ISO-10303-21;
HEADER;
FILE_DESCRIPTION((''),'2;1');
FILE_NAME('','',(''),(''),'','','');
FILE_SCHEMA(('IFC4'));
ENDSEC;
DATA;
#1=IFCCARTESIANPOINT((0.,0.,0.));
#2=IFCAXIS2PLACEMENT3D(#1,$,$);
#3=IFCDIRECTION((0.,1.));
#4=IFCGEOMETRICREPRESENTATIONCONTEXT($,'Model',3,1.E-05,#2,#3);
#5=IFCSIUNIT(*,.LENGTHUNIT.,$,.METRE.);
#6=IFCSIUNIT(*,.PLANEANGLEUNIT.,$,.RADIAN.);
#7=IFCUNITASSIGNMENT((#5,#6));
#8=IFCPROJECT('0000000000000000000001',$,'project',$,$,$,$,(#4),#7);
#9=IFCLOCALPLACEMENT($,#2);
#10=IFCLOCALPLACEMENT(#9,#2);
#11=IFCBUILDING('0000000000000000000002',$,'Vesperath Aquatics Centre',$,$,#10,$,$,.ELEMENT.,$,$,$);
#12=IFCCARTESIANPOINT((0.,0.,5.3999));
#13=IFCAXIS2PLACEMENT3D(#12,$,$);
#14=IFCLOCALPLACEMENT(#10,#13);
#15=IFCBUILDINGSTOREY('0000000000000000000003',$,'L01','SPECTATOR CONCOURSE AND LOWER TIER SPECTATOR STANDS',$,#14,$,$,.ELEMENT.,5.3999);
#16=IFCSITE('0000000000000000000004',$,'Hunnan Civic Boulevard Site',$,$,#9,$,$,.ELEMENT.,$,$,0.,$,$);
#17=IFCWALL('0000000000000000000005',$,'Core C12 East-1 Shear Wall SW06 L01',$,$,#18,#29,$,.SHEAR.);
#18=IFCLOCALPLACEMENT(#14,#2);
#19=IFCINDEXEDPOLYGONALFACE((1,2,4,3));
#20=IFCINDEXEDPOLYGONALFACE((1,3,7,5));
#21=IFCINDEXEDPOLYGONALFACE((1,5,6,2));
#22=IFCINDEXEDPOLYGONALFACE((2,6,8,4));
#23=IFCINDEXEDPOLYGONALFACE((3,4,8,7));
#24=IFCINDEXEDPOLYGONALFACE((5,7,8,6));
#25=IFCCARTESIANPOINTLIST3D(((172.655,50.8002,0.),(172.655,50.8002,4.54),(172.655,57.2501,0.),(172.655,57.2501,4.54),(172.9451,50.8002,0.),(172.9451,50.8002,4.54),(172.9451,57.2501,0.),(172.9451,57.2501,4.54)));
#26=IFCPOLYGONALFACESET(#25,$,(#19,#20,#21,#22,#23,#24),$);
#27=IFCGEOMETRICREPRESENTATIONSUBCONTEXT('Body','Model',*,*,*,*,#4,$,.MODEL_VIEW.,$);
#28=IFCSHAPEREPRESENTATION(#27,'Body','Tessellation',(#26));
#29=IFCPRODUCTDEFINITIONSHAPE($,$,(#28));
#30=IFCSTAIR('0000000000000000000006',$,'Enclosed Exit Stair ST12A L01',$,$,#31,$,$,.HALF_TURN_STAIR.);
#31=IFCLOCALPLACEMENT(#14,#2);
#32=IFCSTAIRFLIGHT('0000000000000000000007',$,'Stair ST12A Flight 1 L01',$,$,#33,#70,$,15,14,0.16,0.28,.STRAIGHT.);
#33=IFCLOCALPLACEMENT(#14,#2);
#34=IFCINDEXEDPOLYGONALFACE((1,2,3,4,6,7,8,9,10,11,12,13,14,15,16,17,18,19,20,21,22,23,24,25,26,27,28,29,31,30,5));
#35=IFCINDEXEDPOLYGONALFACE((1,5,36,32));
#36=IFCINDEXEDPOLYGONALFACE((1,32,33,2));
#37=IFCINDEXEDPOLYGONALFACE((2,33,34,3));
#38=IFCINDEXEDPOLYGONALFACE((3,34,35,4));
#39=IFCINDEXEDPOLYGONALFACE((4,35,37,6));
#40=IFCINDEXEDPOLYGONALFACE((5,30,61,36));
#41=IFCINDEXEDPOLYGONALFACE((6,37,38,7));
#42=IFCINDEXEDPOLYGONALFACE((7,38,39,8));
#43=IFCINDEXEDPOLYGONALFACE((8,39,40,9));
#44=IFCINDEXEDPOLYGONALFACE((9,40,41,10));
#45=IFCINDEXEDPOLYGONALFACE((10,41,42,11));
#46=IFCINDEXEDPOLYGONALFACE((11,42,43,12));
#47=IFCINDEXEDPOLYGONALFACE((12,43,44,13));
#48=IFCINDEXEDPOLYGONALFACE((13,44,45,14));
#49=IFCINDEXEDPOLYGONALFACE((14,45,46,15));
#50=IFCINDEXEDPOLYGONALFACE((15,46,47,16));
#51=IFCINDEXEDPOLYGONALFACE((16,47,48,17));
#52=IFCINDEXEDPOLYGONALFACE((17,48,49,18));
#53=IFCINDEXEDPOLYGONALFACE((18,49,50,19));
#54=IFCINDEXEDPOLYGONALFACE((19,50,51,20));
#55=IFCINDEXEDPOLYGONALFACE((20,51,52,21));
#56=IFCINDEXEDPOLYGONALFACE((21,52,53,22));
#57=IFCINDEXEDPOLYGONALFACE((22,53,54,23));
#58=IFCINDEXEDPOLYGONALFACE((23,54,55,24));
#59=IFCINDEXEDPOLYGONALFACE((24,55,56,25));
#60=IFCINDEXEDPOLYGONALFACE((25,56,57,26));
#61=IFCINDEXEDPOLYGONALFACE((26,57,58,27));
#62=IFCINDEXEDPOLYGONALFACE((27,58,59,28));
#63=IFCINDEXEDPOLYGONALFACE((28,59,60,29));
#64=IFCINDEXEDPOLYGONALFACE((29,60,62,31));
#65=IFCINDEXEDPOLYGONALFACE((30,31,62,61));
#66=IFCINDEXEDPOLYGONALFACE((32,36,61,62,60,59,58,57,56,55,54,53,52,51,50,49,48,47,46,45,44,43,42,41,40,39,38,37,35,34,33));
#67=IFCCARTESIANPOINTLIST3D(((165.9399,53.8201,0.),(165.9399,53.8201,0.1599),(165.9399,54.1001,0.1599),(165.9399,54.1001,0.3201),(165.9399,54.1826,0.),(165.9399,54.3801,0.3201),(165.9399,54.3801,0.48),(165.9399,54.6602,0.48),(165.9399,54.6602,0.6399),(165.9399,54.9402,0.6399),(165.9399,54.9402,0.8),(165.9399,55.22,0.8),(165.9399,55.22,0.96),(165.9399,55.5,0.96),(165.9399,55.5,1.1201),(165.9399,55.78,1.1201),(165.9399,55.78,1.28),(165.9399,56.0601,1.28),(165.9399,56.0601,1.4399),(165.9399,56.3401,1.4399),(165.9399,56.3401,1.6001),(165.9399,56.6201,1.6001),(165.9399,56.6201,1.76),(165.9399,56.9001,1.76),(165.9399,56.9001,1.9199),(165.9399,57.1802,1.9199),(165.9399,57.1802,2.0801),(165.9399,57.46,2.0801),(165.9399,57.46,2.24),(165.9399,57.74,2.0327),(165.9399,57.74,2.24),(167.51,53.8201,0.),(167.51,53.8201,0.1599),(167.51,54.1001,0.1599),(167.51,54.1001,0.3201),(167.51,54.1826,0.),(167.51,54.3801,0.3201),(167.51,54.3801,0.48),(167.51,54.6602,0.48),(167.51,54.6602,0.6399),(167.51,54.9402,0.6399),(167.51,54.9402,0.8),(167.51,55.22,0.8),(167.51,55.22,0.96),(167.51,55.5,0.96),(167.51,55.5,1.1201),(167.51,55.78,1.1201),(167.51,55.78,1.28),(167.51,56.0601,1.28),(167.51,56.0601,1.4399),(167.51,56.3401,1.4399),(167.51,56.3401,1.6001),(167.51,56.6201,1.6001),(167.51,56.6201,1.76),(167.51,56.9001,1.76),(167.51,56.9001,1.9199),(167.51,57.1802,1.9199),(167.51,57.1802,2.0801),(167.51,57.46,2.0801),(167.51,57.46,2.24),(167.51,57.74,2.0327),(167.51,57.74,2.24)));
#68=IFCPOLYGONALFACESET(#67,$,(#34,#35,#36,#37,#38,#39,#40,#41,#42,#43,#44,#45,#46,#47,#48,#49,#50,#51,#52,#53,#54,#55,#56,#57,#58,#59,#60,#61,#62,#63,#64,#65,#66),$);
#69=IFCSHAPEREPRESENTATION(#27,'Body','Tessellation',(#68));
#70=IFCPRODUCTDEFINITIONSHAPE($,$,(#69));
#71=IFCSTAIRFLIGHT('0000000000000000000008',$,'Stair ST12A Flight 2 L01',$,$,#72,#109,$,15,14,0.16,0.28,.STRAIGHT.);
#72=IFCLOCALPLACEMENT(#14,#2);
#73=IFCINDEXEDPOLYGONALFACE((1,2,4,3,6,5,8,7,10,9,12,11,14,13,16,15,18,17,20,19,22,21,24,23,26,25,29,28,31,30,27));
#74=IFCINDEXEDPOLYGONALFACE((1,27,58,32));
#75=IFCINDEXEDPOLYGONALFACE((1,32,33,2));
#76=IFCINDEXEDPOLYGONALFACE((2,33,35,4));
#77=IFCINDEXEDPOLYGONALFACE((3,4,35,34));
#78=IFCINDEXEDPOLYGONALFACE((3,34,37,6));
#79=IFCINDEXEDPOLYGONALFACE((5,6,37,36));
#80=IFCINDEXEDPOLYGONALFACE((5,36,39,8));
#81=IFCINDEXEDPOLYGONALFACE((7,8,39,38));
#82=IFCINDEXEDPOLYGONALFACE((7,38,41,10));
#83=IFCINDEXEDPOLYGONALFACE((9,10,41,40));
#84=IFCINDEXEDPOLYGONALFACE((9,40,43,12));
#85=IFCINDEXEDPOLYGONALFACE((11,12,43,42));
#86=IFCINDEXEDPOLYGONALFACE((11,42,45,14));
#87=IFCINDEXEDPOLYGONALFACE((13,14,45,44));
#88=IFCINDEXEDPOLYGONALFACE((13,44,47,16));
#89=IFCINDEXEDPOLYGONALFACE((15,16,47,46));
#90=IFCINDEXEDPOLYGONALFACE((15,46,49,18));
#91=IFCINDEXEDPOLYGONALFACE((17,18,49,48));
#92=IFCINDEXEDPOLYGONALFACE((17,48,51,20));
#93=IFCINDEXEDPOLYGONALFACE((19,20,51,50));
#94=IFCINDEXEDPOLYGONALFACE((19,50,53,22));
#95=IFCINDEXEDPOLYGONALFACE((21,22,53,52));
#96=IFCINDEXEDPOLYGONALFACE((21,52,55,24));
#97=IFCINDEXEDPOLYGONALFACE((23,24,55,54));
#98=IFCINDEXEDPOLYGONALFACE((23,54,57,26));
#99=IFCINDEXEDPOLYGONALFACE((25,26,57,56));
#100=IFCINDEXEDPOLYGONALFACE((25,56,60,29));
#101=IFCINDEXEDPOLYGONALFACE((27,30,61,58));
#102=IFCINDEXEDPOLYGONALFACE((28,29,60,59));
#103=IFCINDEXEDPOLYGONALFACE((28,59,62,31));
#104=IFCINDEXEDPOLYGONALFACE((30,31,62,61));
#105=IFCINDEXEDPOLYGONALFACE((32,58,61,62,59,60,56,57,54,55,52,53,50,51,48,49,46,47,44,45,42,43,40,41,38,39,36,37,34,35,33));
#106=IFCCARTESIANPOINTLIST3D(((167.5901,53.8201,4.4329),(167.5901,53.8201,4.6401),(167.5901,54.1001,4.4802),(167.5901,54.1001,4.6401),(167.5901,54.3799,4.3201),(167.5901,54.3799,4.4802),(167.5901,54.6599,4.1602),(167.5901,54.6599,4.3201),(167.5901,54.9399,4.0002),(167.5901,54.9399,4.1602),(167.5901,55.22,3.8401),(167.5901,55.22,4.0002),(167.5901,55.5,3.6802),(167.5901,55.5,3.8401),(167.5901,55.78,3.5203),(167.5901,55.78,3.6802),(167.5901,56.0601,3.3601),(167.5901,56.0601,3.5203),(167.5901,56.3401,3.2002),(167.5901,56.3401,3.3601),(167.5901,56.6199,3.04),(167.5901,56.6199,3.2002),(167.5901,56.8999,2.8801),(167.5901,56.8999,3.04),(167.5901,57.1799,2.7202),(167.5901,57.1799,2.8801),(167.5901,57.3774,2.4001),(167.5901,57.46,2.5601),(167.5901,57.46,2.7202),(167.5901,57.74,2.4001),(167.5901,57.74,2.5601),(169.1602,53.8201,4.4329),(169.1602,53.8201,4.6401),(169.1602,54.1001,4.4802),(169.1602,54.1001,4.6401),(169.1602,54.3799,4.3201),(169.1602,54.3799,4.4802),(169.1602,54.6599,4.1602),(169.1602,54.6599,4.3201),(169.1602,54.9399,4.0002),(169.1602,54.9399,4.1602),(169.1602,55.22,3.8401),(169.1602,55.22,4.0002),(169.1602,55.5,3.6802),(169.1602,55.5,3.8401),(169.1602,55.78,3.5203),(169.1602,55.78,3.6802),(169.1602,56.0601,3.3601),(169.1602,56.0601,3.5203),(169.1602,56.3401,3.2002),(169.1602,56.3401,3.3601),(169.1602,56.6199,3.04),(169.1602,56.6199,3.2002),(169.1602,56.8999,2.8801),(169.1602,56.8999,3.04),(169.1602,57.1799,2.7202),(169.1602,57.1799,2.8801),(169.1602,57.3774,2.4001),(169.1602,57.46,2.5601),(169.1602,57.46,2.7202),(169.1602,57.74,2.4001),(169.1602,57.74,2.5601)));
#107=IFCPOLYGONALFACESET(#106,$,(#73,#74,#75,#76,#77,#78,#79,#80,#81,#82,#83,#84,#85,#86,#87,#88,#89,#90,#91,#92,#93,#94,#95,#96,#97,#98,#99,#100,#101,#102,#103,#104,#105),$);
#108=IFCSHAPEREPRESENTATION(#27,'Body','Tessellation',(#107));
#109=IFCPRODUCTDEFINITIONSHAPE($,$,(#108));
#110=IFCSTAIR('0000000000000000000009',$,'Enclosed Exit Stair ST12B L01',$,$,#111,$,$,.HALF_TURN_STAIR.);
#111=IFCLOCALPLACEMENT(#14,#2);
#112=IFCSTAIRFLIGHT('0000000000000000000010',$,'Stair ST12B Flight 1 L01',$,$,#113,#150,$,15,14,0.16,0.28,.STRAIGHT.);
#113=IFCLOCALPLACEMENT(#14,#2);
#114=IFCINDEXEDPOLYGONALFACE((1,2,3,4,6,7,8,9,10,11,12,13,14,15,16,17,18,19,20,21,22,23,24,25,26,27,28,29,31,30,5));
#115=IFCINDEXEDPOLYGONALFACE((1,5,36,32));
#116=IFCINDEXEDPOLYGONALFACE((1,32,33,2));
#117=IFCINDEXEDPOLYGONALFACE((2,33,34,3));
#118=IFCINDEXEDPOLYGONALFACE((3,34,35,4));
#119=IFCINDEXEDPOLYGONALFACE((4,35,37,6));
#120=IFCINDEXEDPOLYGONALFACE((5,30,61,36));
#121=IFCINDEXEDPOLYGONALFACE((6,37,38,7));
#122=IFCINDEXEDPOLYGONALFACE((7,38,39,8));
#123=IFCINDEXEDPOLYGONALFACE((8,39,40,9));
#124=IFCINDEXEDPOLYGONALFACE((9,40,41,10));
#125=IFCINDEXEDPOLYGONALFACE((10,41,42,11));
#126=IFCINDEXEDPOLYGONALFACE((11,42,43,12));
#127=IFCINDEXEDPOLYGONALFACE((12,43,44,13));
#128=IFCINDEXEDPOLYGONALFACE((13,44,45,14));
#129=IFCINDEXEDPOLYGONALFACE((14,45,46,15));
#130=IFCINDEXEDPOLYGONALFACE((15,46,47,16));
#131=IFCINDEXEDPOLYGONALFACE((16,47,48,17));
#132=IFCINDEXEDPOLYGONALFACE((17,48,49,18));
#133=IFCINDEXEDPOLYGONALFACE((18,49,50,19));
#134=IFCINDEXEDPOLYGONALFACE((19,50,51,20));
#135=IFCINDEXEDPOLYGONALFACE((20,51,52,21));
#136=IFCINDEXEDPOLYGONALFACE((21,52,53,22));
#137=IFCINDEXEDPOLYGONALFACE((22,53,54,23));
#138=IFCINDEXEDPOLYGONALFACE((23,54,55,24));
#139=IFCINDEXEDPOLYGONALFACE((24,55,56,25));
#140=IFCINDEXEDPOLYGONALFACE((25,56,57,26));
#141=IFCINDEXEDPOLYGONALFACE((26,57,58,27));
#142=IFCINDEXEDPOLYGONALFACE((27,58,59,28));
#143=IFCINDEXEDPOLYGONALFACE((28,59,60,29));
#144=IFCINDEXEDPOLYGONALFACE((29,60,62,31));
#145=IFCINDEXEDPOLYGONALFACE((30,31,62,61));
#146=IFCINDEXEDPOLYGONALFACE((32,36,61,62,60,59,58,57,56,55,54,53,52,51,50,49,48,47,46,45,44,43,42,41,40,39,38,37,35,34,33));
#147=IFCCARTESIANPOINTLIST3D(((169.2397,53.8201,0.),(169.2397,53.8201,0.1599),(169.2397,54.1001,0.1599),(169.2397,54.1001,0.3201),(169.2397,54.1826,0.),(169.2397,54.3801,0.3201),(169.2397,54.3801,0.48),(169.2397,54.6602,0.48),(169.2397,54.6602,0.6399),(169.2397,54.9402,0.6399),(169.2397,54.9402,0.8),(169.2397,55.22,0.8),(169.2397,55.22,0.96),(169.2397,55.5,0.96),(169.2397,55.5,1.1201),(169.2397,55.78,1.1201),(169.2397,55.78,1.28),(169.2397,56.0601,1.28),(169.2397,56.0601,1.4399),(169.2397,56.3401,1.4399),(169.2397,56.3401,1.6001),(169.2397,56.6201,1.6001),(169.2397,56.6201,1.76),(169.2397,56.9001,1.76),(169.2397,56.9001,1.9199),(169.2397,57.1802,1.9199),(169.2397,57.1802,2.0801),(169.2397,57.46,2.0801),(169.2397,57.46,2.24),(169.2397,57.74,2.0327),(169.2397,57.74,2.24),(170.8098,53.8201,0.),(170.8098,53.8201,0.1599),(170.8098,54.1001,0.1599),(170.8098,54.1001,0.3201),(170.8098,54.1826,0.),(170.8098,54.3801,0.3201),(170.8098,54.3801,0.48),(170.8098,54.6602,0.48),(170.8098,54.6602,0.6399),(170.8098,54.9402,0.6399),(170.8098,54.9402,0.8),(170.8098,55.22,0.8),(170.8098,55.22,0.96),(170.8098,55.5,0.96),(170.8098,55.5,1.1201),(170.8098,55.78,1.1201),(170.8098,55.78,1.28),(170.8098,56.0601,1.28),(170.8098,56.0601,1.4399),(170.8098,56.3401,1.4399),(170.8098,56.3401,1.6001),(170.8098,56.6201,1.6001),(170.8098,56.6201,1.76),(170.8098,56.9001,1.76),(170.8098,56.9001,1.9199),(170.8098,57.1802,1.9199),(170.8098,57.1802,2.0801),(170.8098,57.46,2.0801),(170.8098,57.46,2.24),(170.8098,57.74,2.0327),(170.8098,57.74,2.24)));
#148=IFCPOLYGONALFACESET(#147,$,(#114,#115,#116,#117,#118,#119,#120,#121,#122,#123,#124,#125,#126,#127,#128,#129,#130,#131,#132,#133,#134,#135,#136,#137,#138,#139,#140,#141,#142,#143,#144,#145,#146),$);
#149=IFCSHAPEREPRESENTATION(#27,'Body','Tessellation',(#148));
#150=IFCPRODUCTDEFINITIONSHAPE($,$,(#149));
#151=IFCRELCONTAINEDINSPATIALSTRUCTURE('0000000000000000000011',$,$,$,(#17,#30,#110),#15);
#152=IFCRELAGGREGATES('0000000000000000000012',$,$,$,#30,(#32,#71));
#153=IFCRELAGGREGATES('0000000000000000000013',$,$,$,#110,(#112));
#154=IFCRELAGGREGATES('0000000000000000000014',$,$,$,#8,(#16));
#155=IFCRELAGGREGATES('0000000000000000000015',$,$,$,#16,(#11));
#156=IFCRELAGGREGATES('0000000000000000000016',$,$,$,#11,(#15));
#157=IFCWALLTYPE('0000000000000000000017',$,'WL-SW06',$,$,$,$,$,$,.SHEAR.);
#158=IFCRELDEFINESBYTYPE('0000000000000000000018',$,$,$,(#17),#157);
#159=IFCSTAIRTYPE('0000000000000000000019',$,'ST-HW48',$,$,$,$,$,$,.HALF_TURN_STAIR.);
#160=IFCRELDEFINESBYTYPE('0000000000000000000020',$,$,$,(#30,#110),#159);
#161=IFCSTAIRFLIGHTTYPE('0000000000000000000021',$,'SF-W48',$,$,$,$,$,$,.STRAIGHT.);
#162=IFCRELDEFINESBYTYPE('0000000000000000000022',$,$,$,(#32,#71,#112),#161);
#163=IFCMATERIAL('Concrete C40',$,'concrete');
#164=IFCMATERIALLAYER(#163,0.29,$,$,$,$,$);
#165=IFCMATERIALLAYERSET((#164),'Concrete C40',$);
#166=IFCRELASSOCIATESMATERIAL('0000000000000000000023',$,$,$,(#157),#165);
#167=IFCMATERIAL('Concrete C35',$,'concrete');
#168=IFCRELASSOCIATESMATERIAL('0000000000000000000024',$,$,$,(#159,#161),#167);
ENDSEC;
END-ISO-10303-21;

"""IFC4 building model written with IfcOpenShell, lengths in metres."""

from ifc_helpers import new_model, si_unit, direction, frame, frame_2d, origin, place, context, subcontext, project, spatial, polyline, rectangle, outline, extrude, material, layer, layer_set, type_object, element, aggregate, save


model = new_model("IFC4")

# Units and contexts
model_context = context("Model", 3, precision=1e-05, world=origin(), true_north=direction((0.0, 1.0)))
body_context = subcontext(model_context, "Body", "Model", "MODEL_VIEW")
ifc_project = project(units=[si_unit("LENGTHUNIT", "METRE"), si_unit("PLANEANGLEUNIT", "RADIAN")], contexts=[model_context])

# Site, building, storey
site_placement = place(None, origin())
site = spatial("IfcSite", under=ifc_project, at=site_placement, Name="Hunnan Civic Boulevard Site", CompositionType="ELEMENT", RefElevation=0.0)
building_placement = place(site_placement, origin())
building = spatial("IfcBuilding", under=site, at=building_placement, Name="Vesperath Aquatics Centre", CompositionType="ELEMENT")
storey_placement = place(building_placement, frame((0.0, 0.0, 5.3999)))
storey = spatial("IfcBuildingStorey", under=building, at=storey_placement, Name="L01", Description="SPECTATOR CONCOURSE AND LOWER TIER SPECTATOR STANDS", CompositionType="ELEMENT", Elevation=5.3999)

# Shared definitions
ifc_material_1 = material(Name="Concrete C40", Category="concrete")

# Shared definitions
ifc_material_2 = material(Name="Concrete C35", Category="concrete")

# Wall
ifc_layer_1 = layer(ifc_material_1, 0.29)
ifc_layer_set_1 = layer_set([ifc_layer_1], Name="Concrete C40")
wall_type_1 = type_object("IfcWallType", Name="WL-SW06", PredefinedType="SHEAR", material=ifc_layer_set_1)
wall_1_placement = place(storey_placement, frame((172.8, 50.8, 0.0), z_axis=(0.0, 0.0, 1.0), x_axis=(0.0, 1.0, 0.0)))
element("IfcWall", 1, at=wall_1_placement, inside=storey, type_object=wall_type_1, Name="Core C12 East-1 Shear Wall SW06 L01", PredefinedType="SHEAR", context=body_context, shape_type="SweptSolid", body=[
    extrude(rectangle(XDim=6.45, YDim=0.29, at=frame_2d((3.2251, 0.0))), origin(), (0.0, 0.0, 1.0), 4.54),
])

# Stairs, stair flights
stair_type = type_object("IfcStairType", Name="ST-HW48", PredefinedType="HALF_TURN_STAIR", material=ifc_material_2)
stair_1_placement = place(storey_placement, origin())
stair_1 = element("IfcStair", 2, at=stair_1_placement, inside=storey, type_object=stair_type, Name="Enclosed Exit Stair ST12A L01", PredefinedType="HALF_TURN_STAIR")
stair_flight_type = type_object("IfcStairFlightType", Name="SF-W48", PredefinedType="STRAIGHT", material=ifc_material_2)
stair_flight_1_placement = place(storey_placement, frame((166.7251, 53.8201, 0.0), z_axis=(0.0, 0.0, 1.0), x_axis=(0.0, 1.0, 0.0)))
stair_flight_1 = element("IfcStairFlight", 3, at=stair_flight_1_placement, type_object=stair_flight_type, Name="Stair ST12A Flight 1 L01", NumberOfRisers=15, NumberOfTreads=14, PredefinedType="STRAIGHT", RiserHeight=0.16, TreadLength=0.28, context=body_context, shape_type="SweptSolid", body=[
    extrude(outline(polyline([(0.0, 0.0), (0.0, 0.1599), (0.28, 0.1599), (0.28, 0.3201), (0.5601, 0.3201), (0.5601, 0.48), (0.8401, 0.48), (0.8401, 0.6399), (1.1201, 0.6399), (1.1201, 0.8), (1.3999, 0.8), (1.3999, 0.96), (1.6799, 0.96), (1.6799, 1.1201), (1.96, 1.1201), (1.96, 1.28), (2.24, 1.28), (2.24, 1.4399), (2.52, 1.4399), (2.52, 1.6001), (2.8, 1.6001), (2.8, 1.76), (3.0801, 1.76), (3.0801, 1.9199), (3.3601, 1.9199), (3.3601, 2.0801), (3.6399, 2.0801), (3.6399, 2.24), (3.9199, 2.24), (3.9199, 2.3999), (3.9199, 2.0327), (0.3625, 0.0), (0.0, 0.0)])), frame((0.0, 0.7852, 0.0), z_axis=(0.0, -1.0, 0.0), x_axis=(1.0, 0.0, 0.0)), (0.0, 0.0, 1.0), 1.5701),
])
stair_flight_2_placement = place(storey_placement, frame((168.375, 57.74, 2.4001), z_axis=(0.0, 0.0, 1.0), x_axis=(0.0, -1.0, 0.0)))
stair_flight_2 = element("IfcStairFlight", 4, at=stair_flight_2_placement, type_object=stair_flight_type, Name="Stair ST12A Flight 2 L01", NumberOfRisers=15, NumberOfTreads=14, PredefinedType="STRAIGHT", RiserHeight=0.16, TreadLength=0.28, context=body_context, shape_type="SweptSolid", body=[
    extrude(outline(polyline([(0.0, 0.0), (0.0, 0.1599), (0.28, 0.1599), (0.28, 0.3201), (0.5601, 0.3201), (0.5601, 0.48), (0.8401, 0.48), (0.8401, 0.6399), (1.1201, 0.6399), (1.1201, 0.8), (1.3999, 0.8), (1.3999, 0.96), (1.6799, 0.96), (1.6799, 1.1201), (1.96, 1.1201), (1.96, 1.28), (2.24, 1.28), (2.24, 1.4399), (2.52, 1.4399), (2.52, 1.6001), (2.8, 1.6001), (2.8, 1.76), (3.0801, 1.76), (3.0801, 1.9199), (3.3601, 1.9199), (3.3601, 2.0801), (3.6399, 2.0801), (3.6399, 2.24), (3.9199, 2.24), (3.9199, 2.3999), (3.9199, 2.0327), (0.3625, 0.0), (0.0, 0.0)])), frame((0.0, 0.7852, 0.0), z_axis=(0.0, -1.0, 0.0), x_axis=(1.0, 0.0, 0.0)), (0.0, 0.0, 1.0), 1.5701),
])
aggregate(stair_1, [stair_flight_1, stair_flight_2])
stair_2_placement = place(storey_placement, origin())
stair_2 = element("IfcStair", 5, at=stair_2_placement, inside=storey, type_object=stair_type, Name="Enclosed Exit Stair ST12B L01", PredefinedType="HALF_TURN_STAIR")
stair_flight_3_placement = place(storey_placement, frame((170.0249, 53.8201, 0.0), z_axis=(0.0, 0.0, 1.0), x_axis=(0.0, 1.0, 0.0)))
stair_flight_3 = element("IfcStairFlight", 6, at=stair_flight_3_placement, type_object=stair_flight_type, Name="Stair ST12B Flight 1 L01", NumberOfRisers=15, NumberOfTreads=14, PredefinedType="STRAIGHT", RiserHeight=0.16, TreadLength=0.28, context=body_context, shape_type="SweptSolid", body=[
    extrude(outline(polyline([(0.0, 0.0), (0.0, 0.1599), (0.28, 0.1599), (0.28, 0.3201), (0.5601, 0.3201), (0.5601, 0.48), (0.8401, 0.48), (0.8401, 0.6399), (1.1201, 0.6399), (1.1201, 0.8), (1.3999, 0.8), (1.3999, 0.96), (1.6799, 0.96), (1.6799, 1.1201), (1.96, 1.1201), (1.96, 1.28), (2.24, 1.28), (2.24, 1.4399), (2.52, 1.4399), (2.52, 1.6001), (2.8, 1.6001), (2.8, 1.76), (3.0801, 1.76), (3.0801, 1.9199), (3.3601, 1.9199), (3.3601, 2.0801), (3.6399, 2.0801), (3.6399, 2.24), (3.9199, 2.24), (3.9199, 2.3999), (3.9199, 2.0327), (0.3625, 0.0), (0.0, 0.0)])), frame((0.0, 0.7852, 0.0), z_axis=(0.0, -1.0, 0.0), x_axis=(1.0, 0.0, 0.0)), (0.0, 0.0, 1.0), 1.5701),
])
aggregate(stair_2, [stair_flight_3])

save(model, "model.ifc")
